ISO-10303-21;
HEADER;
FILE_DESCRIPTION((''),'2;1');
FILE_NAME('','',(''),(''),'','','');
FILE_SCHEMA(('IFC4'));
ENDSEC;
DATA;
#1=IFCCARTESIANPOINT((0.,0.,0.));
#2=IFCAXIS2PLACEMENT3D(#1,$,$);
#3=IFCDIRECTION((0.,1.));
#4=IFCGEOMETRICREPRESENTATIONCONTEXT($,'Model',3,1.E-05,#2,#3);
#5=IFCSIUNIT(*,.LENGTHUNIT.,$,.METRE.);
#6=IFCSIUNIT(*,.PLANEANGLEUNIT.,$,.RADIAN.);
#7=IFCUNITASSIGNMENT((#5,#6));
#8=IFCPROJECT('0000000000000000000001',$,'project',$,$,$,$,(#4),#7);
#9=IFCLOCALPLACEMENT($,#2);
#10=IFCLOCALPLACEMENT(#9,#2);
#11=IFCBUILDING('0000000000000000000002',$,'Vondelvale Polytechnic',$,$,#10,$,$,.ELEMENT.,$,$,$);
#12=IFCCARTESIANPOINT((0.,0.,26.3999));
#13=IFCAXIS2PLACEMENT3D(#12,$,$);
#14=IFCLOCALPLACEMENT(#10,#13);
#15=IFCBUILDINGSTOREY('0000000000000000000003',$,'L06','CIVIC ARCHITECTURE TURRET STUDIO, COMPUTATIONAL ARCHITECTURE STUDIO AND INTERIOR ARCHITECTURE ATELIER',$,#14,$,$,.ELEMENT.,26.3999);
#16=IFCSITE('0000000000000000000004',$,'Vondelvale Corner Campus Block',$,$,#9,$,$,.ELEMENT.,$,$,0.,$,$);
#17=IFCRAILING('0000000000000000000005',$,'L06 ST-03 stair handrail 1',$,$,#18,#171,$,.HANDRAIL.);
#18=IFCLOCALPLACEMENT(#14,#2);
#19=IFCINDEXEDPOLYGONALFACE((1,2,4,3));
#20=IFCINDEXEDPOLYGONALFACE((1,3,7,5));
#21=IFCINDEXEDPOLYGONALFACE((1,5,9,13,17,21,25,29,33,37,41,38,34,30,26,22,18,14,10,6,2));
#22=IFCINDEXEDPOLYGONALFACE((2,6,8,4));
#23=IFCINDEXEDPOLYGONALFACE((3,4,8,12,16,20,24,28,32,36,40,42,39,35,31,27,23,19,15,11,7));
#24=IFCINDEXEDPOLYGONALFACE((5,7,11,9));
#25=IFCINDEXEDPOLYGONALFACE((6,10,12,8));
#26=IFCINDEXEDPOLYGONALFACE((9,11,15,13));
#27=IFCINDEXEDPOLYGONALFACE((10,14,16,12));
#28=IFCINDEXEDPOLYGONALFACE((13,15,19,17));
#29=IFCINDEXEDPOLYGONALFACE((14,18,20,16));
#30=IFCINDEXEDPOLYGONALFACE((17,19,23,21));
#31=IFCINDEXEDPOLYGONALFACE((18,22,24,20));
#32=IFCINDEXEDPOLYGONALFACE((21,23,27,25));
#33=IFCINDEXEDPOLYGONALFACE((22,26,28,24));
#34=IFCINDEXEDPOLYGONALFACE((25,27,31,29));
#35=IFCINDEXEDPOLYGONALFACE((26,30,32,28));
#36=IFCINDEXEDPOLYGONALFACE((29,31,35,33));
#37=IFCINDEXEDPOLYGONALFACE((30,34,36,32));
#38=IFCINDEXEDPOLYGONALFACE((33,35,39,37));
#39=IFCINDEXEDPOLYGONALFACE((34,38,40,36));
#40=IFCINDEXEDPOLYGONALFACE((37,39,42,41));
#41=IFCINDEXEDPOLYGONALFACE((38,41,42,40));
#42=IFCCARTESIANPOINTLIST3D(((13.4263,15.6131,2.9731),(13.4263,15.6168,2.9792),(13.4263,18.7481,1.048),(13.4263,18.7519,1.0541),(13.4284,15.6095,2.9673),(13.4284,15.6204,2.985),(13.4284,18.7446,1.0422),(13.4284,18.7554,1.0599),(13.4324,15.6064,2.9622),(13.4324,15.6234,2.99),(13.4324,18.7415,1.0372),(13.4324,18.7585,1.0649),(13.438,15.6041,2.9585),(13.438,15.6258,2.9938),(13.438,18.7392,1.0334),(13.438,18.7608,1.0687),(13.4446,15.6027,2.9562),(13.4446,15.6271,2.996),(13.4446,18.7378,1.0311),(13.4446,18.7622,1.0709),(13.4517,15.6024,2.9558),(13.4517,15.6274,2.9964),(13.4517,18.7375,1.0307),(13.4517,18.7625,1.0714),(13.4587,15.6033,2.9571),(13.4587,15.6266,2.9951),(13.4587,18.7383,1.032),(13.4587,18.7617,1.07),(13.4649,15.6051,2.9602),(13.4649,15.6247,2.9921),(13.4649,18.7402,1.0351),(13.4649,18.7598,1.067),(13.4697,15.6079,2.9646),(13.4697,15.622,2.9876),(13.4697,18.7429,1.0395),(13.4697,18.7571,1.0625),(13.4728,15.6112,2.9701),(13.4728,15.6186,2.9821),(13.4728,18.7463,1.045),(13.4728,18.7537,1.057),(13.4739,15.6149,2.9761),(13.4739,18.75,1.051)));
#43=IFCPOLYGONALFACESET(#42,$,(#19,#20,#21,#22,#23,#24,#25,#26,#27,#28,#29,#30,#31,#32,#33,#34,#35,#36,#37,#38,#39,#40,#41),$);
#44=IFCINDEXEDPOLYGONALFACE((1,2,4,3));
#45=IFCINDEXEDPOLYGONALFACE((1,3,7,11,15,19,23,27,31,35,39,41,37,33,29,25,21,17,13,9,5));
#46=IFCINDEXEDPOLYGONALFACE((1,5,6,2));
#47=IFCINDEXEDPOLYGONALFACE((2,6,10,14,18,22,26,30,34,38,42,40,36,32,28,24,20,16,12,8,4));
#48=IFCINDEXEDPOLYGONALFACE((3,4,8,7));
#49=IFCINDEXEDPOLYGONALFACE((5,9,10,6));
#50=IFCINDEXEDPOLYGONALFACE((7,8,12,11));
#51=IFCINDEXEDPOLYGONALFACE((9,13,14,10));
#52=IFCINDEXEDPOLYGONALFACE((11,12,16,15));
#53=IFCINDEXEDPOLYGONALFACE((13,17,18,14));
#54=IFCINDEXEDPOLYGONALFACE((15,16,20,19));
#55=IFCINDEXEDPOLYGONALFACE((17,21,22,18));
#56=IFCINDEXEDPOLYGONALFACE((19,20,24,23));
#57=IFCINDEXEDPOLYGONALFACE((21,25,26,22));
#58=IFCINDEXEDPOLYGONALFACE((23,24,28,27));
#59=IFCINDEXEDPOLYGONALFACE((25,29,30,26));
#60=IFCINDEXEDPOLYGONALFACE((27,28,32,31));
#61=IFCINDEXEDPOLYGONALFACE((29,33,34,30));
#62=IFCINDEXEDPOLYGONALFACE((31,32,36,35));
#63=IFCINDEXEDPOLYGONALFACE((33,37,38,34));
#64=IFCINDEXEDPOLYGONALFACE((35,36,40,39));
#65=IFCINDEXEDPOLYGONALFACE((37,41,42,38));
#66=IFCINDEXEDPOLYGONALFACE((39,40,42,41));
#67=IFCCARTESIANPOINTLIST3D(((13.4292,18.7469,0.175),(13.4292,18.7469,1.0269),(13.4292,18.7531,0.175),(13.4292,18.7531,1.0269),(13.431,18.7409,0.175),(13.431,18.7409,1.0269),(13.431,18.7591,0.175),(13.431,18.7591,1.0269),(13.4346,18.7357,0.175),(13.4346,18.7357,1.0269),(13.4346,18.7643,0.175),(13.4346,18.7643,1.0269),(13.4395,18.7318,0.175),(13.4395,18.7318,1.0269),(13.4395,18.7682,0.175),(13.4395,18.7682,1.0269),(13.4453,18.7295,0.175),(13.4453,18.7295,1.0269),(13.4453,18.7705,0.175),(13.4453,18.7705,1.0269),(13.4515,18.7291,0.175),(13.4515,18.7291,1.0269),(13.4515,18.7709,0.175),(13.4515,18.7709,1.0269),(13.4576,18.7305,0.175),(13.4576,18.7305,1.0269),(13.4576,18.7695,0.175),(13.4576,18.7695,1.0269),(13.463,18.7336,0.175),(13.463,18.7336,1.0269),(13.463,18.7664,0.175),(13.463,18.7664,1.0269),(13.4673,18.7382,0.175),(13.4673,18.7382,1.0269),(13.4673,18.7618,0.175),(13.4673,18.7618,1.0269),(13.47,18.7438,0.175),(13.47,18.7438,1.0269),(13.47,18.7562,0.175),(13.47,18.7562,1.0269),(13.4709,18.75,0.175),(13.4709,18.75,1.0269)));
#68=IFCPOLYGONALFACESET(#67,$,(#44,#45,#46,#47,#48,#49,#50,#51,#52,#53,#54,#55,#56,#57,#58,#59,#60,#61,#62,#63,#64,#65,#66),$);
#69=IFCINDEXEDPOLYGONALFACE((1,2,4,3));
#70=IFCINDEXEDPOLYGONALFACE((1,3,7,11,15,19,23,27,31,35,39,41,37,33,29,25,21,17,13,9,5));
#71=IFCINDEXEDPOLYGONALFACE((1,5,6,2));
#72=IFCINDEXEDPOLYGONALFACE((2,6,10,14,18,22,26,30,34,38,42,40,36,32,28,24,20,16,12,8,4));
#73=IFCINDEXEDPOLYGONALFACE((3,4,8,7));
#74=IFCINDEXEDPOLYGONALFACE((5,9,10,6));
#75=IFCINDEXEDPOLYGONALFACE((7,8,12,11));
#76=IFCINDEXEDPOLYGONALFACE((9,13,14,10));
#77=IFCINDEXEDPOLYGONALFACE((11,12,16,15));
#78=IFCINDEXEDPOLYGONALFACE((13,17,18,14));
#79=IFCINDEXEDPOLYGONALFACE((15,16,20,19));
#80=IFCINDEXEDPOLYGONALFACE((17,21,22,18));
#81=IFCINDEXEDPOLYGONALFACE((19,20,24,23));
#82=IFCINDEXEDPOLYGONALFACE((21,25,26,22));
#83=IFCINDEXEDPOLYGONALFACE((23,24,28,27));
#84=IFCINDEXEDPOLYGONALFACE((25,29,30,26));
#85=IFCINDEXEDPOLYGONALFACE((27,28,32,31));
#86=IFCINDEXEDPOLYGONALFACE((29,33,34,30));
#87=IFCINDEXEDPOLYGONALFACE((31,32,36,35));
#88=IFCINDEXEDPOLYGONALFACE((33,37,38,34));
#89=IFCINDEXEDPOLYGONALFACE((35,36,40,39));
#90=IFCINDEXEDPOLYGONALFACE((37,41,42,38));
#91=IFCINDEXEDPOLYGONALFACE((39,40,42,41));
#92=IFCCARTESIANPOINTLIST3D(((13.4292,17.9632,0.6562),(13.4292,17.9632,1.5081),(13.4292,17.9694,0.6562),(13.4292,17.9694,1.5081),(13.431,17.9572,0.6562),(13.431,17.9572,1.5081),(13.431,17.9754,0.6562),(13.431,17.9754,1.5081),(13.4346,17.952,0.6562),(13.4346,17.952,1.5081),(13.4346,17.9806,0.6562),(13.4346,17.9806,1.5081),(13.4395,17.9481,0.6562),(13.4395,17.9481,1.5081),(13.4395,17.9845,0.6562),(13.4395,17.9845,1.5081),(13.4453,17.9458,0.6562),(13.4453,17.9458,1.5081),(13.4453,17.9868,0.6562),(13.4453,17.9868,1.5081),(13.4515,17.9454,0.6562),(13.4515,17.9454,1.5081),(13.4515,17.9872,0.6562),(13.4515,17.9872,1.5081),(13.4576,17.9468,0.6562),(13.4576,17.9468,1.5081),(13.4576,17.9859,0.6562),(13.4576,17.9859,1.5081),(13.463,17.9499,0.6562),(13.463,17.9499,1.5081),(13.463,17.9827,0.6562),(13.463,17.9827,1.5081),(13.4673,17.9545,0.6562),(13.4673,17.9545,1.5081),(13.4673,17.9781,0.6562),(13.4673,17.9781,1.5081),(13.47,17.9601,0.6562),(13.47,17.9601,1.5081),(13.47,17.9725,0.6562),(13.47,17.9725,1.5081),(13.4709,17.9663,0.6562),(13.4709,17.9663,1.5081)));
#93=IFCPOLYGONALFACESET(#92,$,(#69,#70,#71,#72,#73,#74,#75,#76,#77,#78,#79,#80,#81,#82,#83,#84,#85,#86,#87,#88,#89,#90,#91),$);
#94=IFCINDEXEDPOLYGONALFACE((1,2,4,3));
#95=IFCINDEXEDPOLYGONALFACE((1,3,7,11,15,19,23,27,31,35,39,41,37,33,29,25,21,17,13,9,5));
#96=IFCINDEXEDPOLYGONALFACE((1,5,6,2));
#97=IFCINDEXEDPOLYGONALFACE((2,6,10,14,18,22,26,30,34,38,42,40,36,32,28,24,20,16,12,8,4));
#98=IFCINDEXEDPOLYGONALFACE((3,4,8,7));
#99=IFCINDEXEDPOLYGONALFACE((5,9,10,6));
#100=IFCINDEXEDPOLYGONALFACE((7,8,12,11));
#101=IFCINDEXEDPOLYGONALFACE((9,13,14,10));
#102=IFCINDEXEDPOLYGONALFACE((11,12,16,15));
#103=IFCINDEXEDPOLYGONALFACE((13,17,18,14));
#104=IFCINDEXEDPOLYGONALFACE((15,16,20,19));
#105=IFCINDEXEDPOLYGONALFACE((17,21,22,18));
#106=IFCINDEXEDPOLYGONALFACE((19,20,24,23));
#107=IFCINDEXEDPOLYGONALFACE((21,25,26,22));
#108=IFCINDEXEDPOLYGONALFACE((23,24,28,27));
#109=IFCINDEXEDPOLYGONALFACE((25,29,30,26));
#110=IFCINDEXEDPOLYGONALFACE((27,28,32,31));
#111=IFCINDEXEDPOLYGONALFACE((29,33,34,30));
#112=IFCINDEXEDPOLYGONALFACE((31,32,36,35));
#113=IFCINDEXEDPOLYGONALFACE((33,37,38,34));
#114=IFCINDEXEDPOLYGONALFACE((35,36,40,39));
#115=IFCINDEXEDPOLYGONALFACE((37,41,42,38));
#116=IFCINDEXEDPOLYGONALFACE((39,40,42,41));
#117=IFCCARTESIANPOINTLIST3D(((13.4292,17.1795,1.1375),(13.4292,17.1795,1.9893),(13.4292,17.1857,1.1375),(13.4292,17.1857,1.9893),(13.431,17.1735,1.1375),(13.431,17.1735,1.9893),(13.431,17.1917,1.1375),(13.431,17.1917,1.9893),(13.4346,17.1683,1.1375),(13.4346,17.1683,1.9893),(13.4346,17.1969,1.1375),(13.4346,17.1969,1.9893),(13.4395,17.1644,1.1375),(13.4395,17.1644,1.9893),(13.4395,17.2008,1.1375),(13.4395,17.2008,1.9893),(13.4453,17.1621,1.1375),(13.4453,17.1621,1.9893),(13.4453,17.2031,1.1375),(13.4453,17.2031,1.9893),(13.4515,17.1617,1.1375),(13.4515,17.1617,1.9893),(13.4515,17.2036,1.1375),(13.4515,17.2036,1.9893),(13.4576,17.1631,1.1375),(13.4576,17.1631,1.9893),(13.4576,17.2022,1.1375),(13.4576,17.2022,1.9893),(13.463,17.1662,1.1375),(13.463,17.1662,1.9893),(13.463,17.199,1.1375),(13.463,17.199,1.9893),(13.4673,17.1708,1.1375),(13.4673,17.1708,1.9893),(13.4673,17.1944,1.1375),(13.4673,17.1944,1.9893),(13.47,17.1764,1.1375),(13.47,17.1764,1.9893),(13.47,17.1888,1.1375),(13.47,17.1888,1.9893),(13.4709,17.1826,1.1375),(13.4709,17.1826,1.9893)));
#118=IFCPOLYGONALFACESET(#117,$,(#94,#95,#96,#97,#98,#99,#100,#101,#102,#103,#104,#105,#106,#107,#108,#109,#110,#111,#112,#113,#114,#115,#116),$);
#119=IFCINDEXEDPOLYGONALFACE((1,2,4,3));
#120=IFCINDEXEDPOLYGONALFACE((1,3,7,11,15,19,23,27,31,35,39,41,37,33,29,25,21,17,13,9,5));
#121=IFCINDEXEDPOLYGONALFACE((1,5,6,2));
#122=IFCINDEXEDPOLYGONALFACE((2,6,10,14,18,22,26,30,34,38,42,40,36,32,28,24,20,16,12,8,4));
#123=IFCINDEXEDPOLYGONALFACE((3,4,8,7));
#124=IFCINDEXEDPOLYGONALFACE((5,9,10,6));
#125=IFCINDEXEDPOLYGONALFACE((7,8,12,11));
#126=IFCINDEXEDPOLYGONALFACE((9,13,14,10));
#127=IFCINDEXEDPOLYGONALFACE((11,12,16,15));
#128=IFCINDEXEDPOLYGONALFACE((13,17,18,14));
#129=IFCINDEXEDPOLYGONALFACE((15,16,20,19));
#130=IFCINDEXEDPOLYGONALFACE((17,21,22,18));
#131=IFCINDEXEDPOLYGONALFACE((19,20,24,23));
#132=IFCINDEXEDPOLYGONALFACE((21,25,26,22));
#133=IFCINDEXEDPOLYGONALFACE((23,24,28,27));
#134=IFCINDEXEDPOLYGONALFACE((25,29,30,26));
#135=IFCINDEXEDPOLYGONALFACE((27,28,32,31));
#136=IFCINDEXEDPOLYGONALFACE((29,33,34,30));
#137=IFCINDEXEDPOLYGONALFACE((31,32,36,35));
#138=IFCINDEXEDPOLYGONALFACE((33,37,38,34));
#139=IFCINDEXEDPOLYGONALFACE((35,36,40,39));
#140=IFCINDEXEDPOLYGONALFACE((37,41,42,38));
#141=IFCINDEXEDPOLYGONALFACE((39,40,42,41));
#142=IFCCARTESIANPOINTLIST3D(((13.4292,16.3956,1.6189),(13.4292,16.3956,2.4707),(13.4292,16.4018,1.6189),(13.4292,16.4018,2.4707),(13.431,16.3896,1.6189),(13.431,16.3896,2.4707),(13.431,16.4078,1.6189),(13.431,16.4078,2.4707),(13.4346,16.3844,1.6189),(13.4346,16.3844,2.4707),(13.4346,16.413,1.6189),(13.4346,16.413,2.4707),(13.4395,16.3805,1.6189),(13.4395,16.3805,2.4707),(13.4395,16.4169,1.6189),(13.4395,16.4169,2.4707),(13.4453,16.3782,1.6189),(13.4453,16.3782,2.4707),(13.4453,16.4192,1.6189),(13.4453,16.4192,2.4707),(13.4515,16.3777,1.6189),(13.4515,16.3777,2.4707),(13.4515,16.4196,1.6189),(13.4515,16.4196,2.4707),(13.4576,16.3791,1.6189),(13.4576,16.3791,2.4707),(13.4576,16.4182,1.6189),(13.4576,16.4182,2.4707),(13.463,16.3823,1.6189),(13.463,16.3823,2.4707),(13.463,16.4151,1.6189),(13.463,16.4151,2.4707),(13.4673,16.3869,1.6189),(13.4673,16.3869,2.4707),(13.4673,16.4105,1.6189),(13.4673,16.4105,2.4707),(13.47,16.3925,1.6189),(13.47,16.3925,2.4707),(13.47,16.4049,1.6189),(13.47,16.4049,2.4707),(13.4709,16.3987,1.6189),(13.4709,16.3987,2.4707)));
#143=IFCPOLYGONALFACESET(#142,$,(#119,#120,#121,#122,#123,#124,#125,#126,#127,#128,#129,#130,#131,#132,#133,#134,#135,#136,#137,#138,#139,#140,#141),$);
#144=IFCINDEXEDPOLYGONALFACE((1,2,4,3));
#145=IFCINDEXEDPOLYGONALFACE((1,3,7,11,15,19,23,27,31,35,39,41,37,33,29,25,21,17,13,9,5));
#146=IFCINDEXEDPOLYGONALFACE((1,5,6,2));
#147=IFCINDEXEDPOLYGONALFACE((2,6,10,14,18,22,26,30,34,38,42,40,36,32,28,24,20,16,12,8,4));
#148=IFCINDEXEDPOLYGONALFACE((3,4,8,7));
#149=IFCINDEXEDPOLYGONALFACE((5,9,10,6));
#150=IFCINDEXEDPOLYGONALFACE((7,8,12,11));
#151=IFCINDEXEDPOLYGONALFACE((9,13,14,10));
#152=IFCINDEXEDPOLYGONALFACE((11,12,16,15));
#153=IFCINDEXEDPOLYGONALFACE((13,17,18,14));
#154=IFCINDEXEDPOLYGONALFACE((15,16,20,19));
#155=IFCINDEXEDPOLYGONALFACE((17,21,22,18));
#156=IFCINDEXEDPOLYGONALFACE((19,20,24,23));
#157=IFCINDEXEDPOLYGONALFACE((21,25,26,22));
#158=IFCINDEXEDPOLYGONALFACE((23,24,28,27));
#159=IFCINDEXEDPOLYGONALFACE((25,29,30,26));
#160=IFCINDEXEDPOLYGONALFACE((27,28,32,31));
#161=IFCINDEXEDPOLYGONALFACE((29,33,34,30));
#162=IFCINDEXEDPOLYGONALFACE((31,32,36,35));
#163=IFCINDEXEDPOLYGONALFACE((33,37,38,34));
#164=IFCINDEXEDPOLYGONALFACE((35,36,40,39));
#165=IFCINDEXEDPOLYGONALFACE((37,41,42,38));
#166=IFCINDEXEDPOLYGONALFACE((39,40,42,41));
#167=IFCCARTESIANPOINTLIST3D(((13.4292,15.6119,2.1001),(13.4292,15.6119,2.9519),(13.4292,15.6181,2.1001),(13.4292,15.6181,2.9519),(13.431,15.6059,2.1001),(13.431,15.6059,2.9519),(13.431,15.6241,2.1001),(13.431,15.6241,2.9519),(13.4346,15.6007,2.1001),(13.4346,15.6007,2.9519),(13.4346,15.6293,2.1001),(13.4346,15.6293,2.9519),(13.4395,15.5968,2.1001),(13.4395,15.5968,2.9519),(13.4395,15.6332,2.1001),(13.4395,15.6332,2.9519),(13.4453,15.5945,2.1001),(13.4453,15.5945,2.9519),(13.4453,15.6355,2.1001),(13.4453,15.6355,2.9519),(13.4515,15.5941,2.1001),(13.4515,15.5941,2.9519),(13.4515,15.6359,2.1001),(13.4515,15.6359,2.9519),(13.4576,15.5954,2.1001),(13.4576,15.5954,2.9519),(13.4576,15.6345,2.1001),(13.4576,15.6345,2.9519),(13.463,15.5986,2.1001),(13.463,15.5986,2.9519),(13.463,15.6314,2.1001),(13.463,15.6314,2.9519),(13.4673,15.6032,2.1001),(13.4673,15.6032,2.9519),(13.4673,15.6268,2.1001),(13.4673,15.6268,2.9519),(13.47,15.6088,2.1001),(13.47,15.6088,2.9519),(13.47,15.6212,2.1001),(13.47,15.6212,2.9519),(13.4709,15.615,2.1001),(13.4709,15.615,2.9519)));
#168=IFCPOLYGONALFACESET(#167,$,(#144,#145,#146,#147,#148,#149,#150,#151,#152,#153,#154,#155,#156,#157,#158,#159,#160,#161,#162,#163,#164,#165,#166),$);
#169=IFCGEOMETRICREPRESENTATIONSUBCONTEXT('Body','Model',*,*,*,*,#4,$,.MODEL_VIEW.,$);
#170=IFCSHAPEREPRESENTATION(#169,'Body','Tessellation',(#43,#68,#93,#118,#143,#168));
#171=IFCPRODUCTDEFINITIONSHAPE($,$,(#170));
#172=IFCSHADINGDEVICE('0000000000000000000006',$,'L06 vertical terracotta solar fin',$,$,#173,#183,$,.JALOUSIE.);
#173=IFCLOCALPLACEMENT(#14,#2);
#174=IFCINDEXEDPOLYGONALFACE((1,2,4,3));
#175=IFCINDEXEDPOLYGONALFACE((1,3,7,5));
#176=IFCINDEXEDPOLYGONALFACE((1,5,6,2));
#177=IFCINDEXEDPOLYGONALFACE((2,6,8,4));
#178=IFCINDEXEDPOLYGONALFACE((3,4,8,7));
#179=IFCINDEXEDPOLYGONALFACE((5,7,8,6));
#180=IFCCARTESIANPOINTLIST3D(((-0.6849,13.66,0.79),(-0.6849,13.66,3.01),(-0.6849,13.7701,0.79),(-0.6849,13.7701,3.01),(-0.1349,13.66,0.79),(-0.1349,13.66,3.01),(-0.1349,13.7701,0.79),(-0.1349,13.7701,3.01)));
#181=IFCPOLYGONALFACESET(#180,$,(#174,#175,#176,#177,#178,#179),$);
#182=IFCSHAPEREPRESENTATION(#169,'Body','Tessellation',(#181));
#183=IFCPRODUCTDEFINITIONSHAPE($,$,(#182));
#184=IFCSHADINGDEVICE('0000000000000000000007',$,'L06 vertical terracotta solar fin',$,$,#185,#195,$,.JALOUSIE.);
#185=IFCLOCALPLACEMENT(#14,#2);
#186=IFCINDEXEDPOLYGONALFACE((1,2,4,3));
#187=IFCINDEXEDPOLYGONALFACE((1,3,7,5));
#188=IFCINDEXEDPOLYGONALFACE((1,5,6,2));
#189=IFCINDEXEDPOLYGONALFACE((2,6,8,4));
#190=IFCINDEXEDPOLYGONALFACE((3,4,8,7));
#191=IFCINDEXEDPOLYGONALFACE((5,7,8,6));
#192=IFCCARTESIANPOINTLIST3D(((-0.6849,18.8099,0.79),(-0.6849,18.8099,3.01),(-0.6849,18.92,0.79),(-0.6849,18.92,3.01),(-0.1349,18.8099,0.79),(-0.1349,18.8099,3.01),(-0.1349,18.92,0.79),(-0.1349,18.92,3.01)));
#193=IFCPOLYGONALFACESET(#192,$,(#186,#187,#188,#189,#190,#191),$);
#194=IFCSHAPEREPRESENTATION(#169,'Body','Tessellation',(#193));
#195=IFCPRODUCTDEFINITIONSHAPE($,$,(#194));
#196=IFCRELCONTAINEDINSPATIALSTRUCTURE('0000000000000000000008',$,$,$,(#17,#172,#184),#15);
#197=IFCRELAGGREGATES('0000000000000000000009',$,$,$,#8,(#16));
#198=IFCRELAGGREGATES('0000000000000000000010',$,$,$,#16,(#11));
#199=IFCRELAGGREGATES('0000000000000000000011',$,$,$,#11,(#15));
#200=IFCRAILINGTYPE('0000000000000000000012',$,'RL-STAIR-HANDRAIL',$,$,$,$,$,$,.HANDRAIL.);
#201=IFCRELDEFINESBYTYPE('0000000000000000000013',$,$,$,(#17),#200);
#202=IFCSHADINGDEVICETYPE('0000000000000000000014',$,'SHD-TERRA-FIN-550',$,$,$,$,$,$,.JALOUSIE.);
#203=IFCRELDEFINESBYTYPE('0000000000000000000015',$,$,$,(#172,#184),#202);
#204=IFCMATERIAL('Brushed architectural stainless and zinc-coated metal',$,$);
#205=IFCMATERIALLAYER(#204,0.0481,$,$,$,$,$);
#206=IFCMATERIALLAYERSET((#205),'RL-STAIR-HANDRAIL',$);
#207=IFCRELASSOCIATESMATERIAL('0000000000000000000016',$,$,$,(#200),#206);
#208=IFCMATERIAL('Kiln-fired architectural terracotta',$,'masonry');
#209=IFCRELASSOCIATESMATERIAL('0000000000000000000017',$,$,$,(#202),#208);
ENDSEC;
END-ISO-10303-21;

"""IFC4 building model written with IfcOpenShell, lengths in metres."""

from ifc_helpers import new_model, si_unit, direction, frame, origin, origin_2d, place, context, subcontext, project, spatial, rectangle, circle, extrude, material, layer, layer_set, type_object, element, save


model = new_model("IFC4")

# Units and contexts
model_context = context("Model", 3, precision=1e-05, world=origin(), true_north=direction((0.0, 1.0)))
body_context = subcontext(model_context, "Body", "Model", "MODEL_VIEW")
ifc_project = project(units=[si_unit("LENGTHUNIT", "METRE"), si_unit("PLANEANGLEUNIT", "RADIAN")], contexts=[model_context])

# Site, building, storey
site_placement = place(None, origin())
site = spatial("IfcSite", under=ifc_project, at=site_placement, Name="Vondelvale Corner Campus Block", CompositionType="ELEMENT", RefElevation=0.0)
building_placement = place(site_placement, origin())
building = spatial("IfcBuilding", under=site, at=building_placement, Name="Vondelvale Polytechnic", CompositionType="ELEMENT")
storey_placement = place(building_placement, frame((0.0, 0.0, 26.3999)))
storey = spatial("IfcBuildingStorey", under=building, at=storey_placement, Name="L06", Description="CIVIC ARCHITECTURE TURRET STUDIO, COMPUTATIONAL ARCHITECTURE STUDIO AND INTERIOR ARCHITECTURE ATELIER", CompositionType="ELEMENT", Elevation=26.3999)

# Railing
ifc_material_1 = material(Name="Brushed architectural stainless and zinc-coated metal")
ifc_layer_1 = layer(ifc_material_1, 0.0481)
ifc_layer_set_1 = layer_set([ifc_layer_1], Name="RL-STAIR-HANDRAIL")
railing_type_1 = type_object("IfcRailingType", Name="RL-STAIR-HANDRAIL", PredefinedType="HANDRAIL", material=ifc_layer_set_1)
railing_1_placement = place(storey_placement, frame((13.45, 18.75, 0.175)))
element("IfcRailing", 1, at=railing_1_placement, inside=storey, type_object=railing_type_1, Name="L06 ST-03 stair handrail 1", PredefinedType="HANDRAIL", context=body_context, shape_type="SweptSolid", body=[
    extrude(circle(Radius=0.0239, at=origin_2d()), frame((0.0, 0.0, 0.876), z_axis=(0.0, -0.852166, 0.523271), x_axis=(1.0, 0.0, 0.0)), (0.0, 0.0, 1.0), 3.679),
    extrude(circle(Radius=0.021, at=origin_2d()), origin(), (0.0, 0.0, 1.0), 0.8518),
    extrude(circle(Radius=0.021, at=origin_2d()), frame((0.0, -0.7837, 0.4812)), (0.0, 0.0, 1.0), 0.8518),
    extrude(circle(Radius=0.021, at=origin_2d()), frame((0.0, -1.5674, 0.9624)), (0.0, 0.0, 1.0), 0.8518),
    extrude(circle(Radius=0.021, at=origin_2d()), frame((0.0, -2.3513, 1.4438)), (0.0, 0.0, 1.0), 0.8518),
    extrude(circle(Radius=0.021, at=origin_2d()), frame((0.0, -3.135, 1.925)), (0.0, 0.0, 1.0), 0.8518),
])

# Shading devices
ifc_material_2 = material(Name="Kiln-fired architectural terracotta", Category="masonry")
shading_device_type = type_object("IfcShadingDeviceType", Name="SHD-TERRA-FIN-550", PredefinedType="JALOUSIE", material=ifc_material_2)
for number, where, z_axis, x_axis, name in (
    (2, (-0.4099, 13.7151, 0.79), (0.0, 0.0, 1.0), (0.0, 1.0, 0.0), "L06 vertical terracotta solar fin"),
    (3, (-0.4099, 18.865, 0.79), (0.0, 0.0, 1.0), (0.0, 1.0, 0.0), "L06 vertical terracotta solar fin"),
):
    element("IfcShadingDevice", number, at=place(storey_placement, frame(where, z_axis=z_axis, x_axis=x_axis)), inside=storey, type_object=shading_device_type, Name=name, PredefinedType="JALOUSIE", context=body_context, shape_type="SweptSolid", body=[
        extrude(rectangle(XDim=0.1101, YDim=0.55, at=origin_2d()), origin(), (0.0, 0.0, 1.0), 2.22),
    ])

save(model, "model.ifc")
